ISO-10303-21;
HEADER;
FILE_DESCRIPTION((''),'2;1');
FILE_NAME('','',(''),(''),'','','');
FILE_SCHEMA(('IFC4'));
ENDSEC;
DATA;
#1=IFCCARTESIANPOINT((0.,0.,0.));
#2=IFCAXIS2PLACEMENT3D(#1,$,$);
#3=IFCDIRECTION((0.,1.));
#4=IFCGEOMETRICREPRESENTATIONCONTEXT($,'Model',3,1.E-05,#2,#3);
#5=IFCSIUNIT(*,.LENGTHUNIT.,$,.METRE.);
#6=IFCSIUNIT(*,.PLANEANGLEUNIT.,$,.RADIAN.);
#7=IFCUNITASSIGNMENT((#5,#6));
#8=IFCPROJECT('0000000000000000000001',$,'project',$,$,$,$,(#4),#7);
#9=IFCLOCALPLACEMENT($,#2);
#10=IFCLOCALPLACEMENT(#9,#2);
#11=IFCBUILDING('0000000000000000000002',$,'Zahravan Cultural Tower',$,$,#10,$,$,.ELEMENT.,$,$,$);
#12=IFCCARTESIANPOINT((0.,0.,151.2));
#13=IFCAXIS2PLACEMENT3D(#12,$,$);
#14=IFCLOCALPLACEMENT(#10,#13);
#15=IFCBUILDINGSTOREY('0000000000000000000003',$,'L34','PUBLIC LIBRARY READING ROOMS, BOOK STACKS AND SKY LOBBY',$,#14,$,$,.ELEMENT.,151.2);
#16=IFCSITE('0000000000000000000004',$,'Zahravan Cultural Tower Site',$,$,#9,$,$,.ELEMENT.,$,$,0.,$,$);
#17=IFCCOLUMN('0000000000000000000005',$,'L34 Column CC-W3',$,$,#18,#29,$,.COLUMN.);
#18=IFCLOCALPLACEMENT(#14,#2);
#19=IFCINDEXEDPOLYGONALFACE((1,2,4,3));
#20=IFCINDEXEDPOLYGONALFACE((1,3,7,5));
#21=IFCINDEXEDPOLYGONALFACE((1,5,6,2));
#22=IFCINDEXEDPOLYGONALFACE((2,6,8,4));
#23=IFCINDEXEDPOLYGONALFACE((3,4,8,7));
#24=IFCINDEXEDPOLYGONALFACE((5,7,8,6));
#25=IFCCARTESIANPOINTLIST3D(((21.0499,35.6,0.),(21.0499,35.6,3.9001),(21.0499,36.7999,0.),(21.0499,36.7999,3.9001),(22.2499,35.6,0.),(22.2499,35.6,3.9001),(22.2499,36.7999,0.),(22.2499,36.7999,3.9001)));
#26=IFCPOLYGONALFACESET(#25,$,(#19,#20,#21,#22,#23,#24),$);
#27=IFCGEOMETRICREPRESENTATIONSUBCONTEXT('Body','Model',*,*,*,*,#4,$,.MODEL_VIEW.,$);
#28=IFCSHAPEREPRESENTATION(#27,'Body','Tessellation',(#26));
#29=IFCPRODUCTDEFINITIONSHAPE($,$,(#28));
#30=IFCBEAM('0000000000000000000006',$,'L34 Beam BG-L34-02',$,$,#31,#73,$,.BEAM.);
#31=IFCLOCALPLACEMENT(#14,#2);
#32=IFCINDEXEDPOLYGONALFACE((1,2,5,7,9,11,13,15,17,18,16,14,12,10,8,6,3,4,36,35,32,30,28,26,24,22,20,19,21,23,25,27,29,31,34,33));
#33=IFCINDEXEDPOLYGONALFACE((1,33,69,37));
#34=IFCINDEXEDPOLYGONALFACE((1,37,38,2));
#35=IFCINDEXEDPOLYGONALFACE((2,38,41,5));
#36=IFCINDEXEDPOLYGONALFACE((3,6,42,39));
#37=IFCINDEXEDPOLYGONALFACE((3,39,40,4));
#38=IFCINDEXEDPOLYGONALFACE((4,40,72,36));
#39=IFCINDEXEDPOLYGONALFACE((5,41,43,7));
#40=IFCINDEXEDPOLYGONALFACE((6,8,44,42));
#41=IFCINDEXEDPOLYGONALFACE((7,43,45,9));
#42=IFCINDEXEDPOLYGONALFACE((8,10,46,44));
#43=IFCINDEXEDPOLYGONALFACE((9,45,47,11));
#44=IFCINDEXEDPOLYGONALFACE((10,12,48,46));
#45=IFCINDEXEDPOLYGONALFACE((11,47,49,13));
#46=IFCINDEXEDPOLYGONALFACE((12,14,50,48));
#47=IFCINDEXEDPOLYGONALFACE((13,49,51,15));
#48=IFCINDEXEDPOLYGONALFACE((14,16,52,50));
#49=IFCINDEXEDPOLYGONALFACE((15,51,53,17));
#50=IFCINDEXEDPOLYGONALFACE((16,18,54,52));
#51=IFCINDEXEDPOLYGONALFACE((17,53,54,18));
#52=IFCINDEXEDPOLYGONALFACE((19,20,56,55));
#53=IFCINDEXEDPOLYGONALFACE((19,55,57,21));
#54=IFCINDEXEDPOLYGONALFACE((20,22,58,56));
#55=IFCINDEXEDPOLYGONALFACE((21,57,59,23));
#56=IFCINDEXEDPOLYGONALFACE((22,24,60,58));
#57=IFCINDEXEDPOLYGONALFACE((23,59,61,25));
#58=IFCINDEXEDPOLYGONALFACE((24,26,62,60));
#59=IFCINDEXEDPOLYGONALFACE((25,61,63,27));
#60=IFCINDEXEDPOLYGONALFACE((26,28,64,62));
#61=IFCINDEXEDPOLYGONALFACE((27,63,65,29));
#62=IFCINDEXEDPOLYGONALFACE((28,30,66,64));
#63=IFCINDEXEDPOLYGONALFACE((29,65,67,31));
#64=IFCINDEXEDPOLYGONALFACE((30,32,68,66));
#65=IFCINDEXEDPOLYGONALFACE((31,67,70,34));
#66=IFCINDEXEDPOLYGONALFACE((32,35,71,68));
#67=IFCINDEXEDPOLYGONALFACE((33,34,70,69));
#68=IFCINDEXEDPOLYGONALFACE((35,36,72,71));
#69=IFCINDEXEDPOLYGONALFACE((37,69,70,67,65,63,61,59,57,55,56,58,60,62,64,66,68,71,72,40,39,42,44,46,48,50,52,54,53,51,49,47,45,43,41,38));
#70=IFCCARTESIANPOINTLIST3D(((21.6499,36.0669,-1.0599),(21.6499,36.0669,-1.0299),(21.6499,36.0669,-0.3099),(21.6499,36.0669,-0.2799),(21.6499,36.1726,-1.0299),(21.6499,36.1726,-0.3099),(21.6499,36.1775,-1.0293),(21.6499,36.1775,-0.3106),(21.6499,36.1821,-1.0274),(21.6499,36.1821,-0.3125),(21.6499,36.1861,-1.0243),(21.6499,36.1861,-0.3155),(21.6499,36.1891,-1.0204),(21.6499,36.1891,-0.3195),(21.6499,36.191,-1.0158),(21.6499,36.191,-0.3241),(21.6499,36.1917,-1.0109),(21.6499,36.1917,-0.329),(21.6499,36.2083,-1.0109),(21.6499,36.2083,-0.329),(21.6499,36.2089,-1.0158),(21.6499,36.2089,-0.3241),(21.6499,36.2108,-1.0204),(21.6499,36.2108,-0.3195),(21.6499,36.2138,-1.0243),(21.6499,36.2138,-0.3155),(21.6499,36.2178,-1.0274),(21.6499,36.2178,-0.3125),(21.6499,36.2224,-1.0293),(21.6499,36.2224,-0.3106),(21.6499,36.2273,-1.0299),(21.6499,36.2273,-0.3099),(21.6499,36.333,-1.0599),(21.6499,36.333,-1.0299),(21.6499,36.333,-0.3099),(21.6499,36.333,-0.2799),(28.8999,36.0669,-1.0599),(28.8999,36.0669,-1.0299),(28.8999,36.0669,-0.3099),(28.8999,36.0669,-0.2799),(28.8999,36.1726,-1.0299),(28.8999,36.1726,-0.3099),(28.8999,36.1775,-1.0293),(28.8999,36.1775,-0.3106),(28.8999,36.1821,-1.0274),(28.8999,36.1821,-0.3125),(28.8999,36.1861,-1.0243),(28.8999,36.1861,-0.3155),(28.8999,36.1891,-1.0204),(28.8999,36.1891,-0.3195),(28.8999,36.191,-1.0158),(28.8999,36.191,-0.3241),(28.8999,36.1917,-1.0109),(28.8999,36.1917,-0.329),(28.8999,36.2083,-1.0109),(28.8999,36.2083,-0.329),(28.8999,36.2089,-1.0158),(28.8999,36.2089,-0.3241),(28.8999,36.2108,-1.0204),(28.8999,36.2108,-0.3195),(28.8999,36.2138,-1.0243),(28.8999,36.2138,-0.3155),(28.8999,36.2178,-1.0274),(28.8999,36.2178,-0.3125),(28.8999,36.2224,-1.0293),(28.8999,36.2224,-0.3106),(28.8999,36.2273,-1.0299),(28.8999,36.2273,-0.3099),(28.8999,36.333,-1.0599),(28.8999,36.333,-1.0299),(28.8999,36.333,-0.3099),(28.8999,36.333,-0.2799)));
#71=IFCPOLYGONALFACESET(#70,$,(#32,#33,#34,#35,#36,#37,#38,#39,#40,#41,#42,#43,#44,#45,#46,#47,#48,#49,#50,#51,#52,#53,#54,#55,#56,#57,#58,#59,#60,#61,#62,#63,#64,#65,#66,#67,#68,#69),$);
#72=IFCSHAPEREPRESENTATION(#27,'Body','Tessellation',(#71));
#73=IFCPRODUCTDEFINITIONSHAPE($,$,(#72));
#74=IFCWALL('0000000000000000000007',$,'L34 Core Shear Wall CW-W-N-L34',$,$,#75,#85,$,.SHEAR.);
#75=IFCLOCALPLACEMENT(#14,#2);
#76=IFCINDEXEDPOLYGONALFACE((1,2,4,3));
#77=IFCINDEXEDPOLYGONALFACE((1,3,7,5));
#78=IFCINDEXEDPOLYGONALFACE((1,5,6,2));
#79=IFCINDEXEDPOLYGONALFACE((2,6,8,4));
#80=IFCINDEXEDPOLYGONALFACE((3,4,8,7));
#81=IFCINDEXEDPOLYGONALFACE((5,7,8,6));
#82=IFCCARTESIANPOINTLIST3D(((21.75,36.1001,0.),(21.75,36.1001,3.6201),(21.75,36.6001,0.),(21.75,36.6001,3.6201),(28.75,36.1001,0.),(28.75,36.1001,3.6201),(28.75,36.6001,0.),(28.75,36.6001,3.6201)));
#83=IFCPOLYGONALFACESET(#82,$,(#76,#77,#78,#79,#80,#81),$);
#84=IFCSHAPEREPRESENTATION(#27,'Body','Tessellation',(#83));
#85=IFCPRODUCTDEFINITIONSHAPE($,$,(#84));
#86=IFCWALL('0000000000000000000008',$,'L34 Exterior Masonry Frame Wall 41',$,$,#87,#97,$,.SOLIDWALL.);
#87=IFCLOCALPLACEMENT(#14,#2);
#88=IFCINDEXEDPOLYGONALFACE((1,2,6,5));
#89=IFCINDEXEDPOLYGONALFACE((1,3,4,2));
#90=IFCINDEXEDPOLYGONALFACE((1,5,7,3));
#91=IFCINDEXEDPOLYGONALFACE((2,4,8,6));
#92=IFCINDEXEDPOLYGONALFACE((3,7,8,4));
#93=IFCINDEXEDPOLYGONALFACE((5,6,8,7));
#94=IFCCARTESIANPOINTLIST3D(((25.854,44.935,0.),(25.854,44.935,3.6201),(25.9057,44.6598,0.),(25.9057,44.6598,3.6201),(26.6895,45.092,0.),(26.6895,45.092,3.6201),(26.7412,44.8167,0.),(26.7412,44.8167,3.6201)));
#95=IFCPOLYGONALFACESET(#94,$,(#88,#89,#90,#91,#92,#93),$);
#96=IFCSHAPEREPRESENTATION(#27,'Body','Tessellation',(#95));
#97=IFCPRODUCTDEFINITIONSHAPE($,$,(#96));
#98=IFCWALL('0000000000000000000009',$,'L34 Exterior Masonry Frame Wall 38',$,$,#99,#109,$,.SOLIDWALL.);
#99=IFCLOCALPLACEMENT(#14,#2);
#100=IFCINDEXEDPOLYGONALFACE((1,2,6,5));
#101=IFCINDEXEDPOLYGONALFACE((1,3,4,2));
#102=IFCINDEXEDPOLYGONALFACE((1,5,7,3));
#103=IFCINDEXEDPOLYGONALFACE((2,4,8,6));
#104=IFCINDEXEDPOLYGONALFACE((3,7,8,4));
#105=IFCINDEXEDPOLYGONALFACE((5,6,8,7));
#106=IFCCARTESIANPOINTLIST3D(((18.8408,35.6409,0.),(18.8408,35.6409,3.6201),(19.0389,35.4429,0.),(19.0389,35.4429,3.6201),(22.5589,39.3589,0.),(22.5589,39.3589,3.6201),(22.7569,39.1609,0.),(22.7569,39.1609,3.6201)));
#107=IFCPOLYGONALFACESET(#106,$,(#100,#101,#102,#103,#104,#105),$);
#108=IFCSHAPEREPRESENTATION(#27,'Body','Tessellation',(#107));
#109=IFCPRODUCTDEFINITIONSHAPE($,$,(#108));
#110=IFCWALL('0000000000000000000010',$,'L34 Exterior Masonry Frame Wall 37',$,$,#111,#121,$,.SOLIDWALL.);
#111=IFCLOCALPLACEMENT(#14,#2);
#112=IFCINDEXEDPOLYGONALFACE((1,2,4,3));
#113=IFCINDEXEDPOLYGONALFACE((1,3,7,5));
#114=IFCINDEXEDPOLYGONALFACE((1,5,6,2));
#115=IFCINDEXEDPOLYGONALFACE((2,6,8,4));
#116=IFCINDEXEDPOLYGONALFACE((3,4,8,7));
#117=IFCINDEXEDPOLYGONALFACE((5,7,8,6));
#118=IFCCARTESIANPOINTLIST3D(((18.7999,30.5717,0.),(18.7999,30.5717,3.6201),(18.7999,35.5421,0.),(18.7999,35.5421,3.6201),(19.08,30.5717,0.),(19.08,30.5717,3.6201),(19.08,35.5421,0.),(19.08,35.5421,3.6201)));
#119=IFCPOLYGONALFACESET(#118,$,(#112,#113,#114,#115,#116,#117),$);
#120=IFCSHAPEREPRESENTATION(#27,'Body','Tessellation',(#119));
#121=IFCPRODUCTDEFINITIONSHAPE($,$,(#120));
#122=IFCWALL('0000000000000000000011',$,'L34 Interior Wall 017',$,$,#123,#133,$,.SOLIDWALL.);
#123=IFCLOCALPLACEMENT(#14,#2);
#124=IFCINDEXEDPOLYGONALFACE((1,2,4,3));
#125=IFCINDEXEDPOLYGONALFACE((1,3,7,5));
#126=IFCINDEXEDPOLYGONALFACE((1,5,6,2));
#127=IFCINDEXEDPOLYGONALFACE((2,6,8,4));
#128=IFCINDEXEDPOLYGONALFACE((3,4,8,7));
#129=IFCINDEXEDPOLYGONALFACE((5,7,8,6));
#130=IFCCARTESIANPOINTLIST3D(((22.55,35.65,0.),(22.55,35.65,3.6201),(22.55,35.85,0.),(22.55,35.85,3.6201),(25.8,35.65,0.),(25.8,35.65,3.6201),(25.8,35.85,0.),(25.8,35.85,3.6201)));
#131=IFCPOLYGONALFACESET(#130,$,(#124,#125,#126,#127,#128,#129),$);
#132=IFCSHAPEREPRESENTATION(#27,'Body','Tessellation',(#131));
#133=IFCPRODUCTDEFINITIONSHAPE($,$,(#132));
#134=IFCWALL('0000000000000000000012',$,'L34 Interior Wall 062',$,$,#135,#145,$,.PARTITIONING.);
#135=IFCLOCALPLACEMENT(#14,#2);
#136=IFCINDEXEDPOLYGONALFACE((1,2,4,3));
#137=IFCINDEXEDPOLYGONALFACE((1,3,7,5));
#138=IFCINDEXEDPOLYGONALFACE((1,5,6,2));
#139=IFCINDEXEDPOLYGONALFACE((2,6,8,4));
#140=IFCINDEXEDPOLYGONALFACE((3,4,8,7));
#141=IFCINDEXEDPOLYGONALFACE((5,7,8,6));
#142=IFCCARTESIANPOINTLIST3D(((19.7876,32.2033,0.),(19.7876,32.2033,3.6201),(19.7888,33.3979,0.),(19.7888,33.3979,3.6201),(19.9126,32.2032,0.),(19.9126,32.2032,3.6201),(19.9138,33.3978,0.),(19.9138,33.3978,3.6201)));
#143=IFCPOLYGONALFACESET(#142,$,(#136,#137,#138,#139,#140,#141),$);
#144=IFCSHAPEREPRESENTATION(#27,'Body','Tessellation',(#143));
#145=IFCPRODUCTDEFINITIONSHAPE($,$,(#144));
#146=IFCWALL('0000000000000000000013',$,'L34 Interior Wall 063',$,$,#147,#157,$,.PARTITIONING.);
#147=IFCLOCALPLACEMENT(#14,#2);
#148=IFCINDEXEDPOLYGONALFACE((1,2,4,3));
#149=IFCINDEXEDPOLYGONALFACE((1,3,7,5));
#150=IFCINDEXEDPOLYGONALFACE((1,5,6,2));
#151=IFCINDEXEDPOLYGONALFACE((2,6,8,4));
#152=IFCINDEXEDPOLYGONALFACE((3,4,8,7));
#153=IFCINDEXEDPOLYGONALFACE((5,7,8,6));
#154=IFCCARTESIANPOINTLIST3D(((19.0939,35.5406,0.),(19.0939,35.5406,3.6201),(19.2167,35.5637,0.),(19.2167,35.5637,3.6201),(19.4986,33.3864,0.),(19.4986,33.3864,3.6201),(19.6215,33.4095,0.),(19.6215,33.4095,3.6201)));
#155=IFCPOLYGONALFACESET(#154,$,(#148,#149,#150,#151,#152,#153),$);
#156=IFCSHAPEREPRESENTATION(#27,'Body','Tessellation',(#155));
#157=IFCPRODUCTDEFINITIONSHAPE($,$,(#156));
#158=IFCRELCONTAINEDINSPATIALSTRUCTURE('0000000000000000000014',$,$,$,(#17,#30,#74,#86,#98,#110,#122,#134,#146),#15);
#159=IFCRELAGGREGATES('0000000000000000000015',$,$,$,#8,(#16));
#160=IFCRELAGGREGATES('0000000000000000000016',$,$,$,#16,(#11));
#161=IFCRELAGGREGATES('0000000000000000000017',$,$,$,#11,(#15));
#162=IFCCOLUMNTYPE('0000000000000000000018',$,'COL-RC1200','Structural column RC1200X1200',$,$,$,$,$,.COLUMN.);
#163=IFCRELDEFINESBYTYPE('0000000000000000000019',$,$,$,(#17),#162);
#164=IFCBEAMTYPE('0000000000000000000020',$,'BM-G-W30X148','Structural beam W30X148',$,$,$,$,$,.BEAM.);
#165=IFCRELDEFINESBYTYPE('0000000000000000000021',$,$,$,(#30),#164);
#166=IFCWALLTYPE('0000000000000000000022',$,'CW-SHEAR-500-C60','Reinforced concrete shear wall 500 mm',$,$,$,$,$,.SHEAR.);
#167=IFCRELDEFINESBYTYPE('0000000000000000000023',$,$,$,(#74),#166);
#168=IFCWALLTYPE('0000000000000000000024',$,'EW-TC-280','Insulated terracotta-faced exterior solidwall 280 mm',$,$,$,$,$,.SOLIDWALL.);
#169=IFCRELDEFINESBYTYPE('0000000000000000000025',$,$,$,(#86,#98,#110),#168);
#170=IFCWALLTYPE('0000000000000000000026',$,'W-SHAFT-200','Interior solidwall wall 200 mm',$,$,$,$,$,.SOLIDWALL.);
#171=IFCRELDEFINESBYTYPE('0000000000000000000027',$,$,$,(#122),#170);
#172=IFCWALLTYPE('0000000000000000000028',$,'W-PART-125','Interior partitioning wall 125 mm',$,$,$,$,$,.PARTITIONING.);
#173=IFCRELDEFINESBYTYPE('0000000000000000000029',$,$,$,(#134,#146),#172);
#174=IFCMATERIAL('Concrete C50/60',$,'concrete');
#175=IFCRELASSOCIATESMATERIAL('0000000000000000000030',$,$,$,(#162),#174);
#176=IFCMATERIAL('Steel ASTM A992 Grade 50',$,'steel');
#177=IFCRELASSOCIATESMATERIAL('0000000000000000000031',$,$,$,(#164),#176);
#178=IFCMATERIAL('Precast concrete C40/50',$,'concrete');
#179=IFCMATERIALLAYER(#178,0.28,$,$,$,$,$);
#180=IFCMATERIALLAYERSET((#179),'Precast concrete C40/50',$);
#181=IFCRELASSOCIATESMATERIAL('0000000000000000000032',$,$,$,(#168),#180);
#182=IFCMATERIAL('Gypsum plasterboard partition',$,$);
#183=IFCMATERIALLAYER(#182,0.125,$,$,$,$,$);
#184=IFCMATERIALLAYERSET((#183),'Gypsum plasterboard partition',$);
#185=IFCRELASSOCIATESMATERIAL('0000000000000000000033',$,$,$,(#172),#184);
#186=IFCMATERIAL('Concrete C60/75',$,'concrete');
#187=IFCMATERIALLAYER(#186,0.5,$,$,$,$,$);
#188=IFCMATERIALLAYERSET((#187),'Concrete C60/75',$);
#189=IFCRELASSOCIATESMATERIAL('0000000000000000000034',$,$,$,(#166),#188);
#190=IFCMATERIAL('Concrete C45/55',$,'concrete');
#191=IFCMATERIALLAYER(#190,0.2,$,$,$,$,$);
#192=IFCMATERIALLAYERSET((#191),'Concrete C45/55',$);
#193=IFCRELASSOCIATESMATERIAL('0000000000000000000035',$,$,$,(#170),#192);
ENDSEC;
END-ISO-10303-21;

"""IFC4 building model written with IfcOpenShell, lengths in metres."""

from ifc_helpers import new_model, si_unit, direction, frame, frame_2d, origin, origin_2d, place, context, subcontext, project, spatial, rectangle, i_section, extrude, source, transform, mapped, material, layer, layer_set, material_profile, profile_set, type_object, element, save


model = new_model("IFC4")

# Units and contexts
model_context = context("Model", 3, precision=1e-05, world=origin(), true_north=direction((0.0, 1.0)))
body_context = subcontext(model_context, "Body", "Model", "MODEL_VIEW")
ifc_project = project(units=[si_unit("LENGTHUNIT", "METRE"), si_unit("PLANEANGLEUNIT", "RADIAN")], contexts=[model_context])

# Site, building, storey
site_placement = place(None, origin())
site = spatial("IfcSite", under=ifc_project, at=site_placement, Name="Zahravan Cultural Tower Site", CompositionType="ELEMENT", RefElevation=0.0)
building_placement = place(site_placement, origin())
building = spatial("IfcBuilding", under=site, at=building_placement, Name="Zahravan Cultural Tower", CompositionType="ELEMENT")
storey_placement = place(building_placement, frame((0.0, 0.0, 151.2)))
storey = spatial("IfcBuildingStorey", under=building, at=storey_placement, Name="L34", Description="PUBLIC LIBRARY READING ROOMS, BOOK STACKS AND SKY LOBBY", CompositionType="ELEMENT", Elevation=151.2)

# Column
ifc_material_1 = material(Name="Concrete C50/60", Category="concrete")
ifc_material_profile_1 = material_profile(ifc_material_1, rectangle(XDim=1.2, YDim=1.2, at=origin_2d()), Name="RC1200X1200")
ifc_profile_set_1 = profile_set([ifc_material_profile_1], Name="Concrete C50/60")
column_type = type_object("IfcColumnType", Name="COL-RC1200", Description="Structural column RC1200X1200", PredefinedType="COLUMN", material=ifc_profile_set_1)
shared_shape_1 = source(origin(), body_context, "Body", "SweptSolid", [
    extrude(rectangle(XDim=1.2, YDim=1.2, at=origin_2d()), origin(), (0.0, 0.0, 1.0), 3.9001),
])
column_placement = place(storey_placement, frame((21.6499, 36.2, 0.0), z_axis=(0.0, 0.0, 1.0), x_axis=(1.0, 0.0, 0.0)))
element("IfcColumn", 1, at=column_placement, inside=storey, type_object=column_type, Name="L34 Column CC-W3", PredefinedType="COLUMN", context=body_context, shape_type="MappedRepresentation", body=[
    mapped(shared_shape_1, transform((0.0, 0.0, 0.0), x_axis=(1.0, 0.0, 0.0), y_axis=(0.0, 1.0, 0.0), z_axis=(0.0, 0.0, 1.0), scale=1.0)),
])

# Beam
ifc_material_2 = material(Name="Steel ASTM A992 Grade 50", Category="steel")
ifc_material_profile_2 = material_profile(ifc_material_2, i_section(OverallWidth=0.2661, OverallDepth=0.78, WebThickness=0.0166, FlangeThickness=0.03, FilletRadius=0.019, at=origin_2d()), Name="W30X148")
ifc_profile_set_2 = profile_set([ifc_material_profile_2], Name="Steel ASTM A992 Grade 50")
beam_type = type_object("IfcBeamType", Name="BM-G-W30X148", Description="Structural beam W30X148", PredefinedType="BEAM", material=ifc_profile_set_2)
shared_shape_2 = source(origin(), body_context, "Body", "SweptSolid", [
    extrude(i_section(OverallWidth=0.2661, OverallDepth=0.78, WebThickness=0.0166, FlangeThickness=0.03, FilletRadius=0.019, at=origin_2d()), origin(), (0.0, 0.0, 1.0), 7.25),
])
beam_placement = place(storey_placement, frame((21.6499, 36.2, -0.6699), z_axis=(1.0, 0.0, 0.0), x_axis=(0.0, 1.0, 0.0)))
element("IfcBeam", 2, at=beam_placement, inside=storey, type_object=beam_type, Name="L34 Beam BG-L34-02", PredefinedType="BEAM", context=body_context, shape_type="MappedRepresentation", body=[
    mapped(shared_shape_2, transform((0.0, 0.0, 0.0), x_axis=(1.0, 0.0, 0.0), y_axis=(0.0, 1.0, 0.0), z_axis=(0.0, 0.0, 1.0), scale=1.0)),
])

# Shared definitions
ifc_material_3 = material(Name="Precast concrete C40/50", Category="concrete")
ifc_layer_1 = layer(ifc_material_3, 0.28)
ifc_layer_set_1 = layer_set([ifc_layer_1], Name="Precast concrete C40/50")
wall_type_1 = type_object("IfcWallType", Name="EW-TC-280", Description="Insulated terracotta-faced exterior solidwall 280 mm", PredefinedType="SOLIDWALL", material=ifc_layer_set_1)
ifc_material_4 = material(Name="Gypsum plasterboard partition")
ifc_layer_2 = layer(ifc_material_4, 0.125)
ifc_layer_set_2 = layer_set([ifc_layer_2], Name="Gypsum plasterboard partition")
wall_type_2 = type_object("IfcWallType", Name="W-PART-125", Description="Interior partitioning wall 125 mm", PredefinedType="PARTITIONING", material=ifc_layer_set_2)

# Walls
ifc_material_5 = material(Name="Concrete C60/75", Category="concrete")
ifc_layer_3 = layer(ifc_material_5, 0.5)
ifc_layer_set_3 = layer_set([ifc_layer_3], Name="Concrete C60/75")
wall_type_3 = type_object("IfcWallType", Name="CW-SHEAR-500-C60", Description="Reinforced concrete shear wall 500 mm", PredefinedType="SHEAR", material=ifc_layer_set_3)
shared_shape_3 = source(origin(), body_context, "Body", "SweptSolid", [
    extrude(rectangle(XDim=7.0, YDim=0.5, at=frame_2d((3.5, 0.0))), origin(), (0.0, 0.0, 1.0), 3.6201),
])
wall_1_placement = place(storey_placement, frame((21.75, 36.3501, 0.0), z_axis=(0.0, 0.0, 1.0), x_axis=(1.0, 0.0, 0.0)))
element("IfcWall", 3, at=wall_1_placement, inside=storey, type_object=wall_type_3, Name="L34 Core Shear Wall CW-W-N-L34", PredefinedType="SHEAR", context=body_context, shape_type="MappedRepresentation", body=[
    mapped(shared_shape_3, transform((0.0, 0.0, 0.0), x_axis=(1.0, 0.0, 0.0), y_axis=(0.0, 1.0, 0.0), z_axis=(0.0, 0.0, 1.0), scale=1.0)),
])
shared_shape_4 = source(origin(), body_context, "Body", "SweptSolid", [
    extrude(rectangle(XDim=0.8501, YDim=0.28, at=frame_2d((0.425, 0.0))), origin(), (0.0, 0.0, 1.0), 3.6201),
])
wall_2_placement = place(storey_placement, frame((25.8799, 44.7974, 0.0), z_axis=(0.0, 0.0, 1.0), x_axis=(0.982801, 0.18467, 0.0)))
element("IfcWall", 4, at=wall_2_placement, inside=storey, type_object=wall_type_1, Name="L34 Exterior Masonry Frame Wall 41", PredefinedType="SOLIDWALL", context=body_context, shape_type="MappedRepresentation", body=[
    mapped(shared_shape_4, transform((0.0, 0.0, 0.0), x_axis=(1.0, 0.0, 0.0), y_axis=(0.0, 1.0, 0.0), z_axis=(0.0, 0.0, 1.0), scale=1.0)),
])
shared_shape_5 = source(origin(), body_context, "Body", "SweptSolid", [
    extrude(rectangle(XDim=5.2581, YDim=0.28, at=frame_2d((2.6289, 0.0))), origin(), (0.0, 0.0, 1.0), 3.6201),
])
wall_3_placement = place(storey_placement, frame((18.9399, 35.542, 0.0), z_axis=(0.0, 0.0, 1.0), x_axis=(0.707107, 0.707107, 0.0)))
element("IfcWall", 5, at=wall_3_placement, inside=storey, type_object=wall_type_1, Name="L34 Exterior Masonry Frame Wall 38", PredefinedType="SOLIDWALL", context=body_context, shape_type="MappedRepresentation", body=[
    mapped(shared_shape_5, transform((0.0, 0.0, 0.0), x_axis=(1.0, 0.0, 0.0), y_axis=(0.0, 1.0, 0.0), z_axis=(0.0, 0.0, 1.0), scale=1.0)),
])
shared_shape_6 = source(origin(), body_context, "Body", "SweptSolid", [
    extrude(rectangle(XDim=4.9705, YDim=0.28, at=frame_2d((2.4854, 0.0))), origin(), (0.0, 0.0, 1.0), 3.6201),
])
wall_4_placement = place(storey_placement, frame((18.9399, 30.5715, 0.0), z_axis=(0.0, 0.0, 1.0), x_axis=(0.0, 1.0, 0.0)))
element("IfcWall", 6, at=wall_4_placement, inside=storey, type_object=wall_type_1, Name="L34 Exterior Masonry Frame Wall 37", PredefinedType="SOLIDWALL", context=body_context, shape_type="MappedRepresentation", body=[
    mapped(shared_shape_6, transform((0.0, 0.0, 0.0), x_axis=(1.0, 0.0, 0.0), y_axis=(0.0, 1.0, 0.0), z_axis=(0.0, 0.0, 1.0), scale=1.0)),
])
ifc_material_6 = material(Name="Concrete C45/55", Category="concrete")
ifc_layer_4 = layer(ifc_material_6, 0.2)
ifc_layer_set_4 = layer_set([ifc_layer_4], Name="Concrete C45/55")
wall_type_4 = type_object("IfcWallType", Name="W-SHAFT-200", Description="Interior solidwall wall 200 mm", PredefinedType="SOLIDWALL", material=ifc_layer_set_4)
shared_shape_7 = source(origin(), body_context, "Body", "SweptSolid", [
    extrude(rectangle(XDim=3.25, YDim=0.2, at=frame_2d((1.625, 0.0))), origin(), (0.0, 0.0, 1.0), 3.6201),
])
wall_5_placement = place(storey_placement, frame((22.55, 35.75, 0.0), z_axis=(0.0, 0.0, 1.0), x_axis=(1.0, 0.0, 0.0)))
element("IfcWall", 7, at=wall_5_placement, inside=storey, type_object=wall_type_4, Name="L34 Interior Wall 017", PredefinedType="SOLIDWALL", context=body_context, shape_type="MappedRepresentation", body=[
    mapped(shared_shape_7, transform((0.0, 0.0, 0.0), x_axis=(1.0, 0.0, 0.0), y_axis=(0.0, 1.0, 0.0), z_axis=(0.0, 0.0, 1.0), scale=1.0)),
])
shared_shape_8 = source(origin(), body_context, "Body", "SweptSolid", [
    extrude(rectangle(XDim=1.1946, YDim=0.125, at=frame_2d((0.5972, 0.0))), origin(), (0.0, 0.0, 1.0), 3.6201),
])
wall_6_placement = place(storey_placement, frame((19.8513, 33.3977, 0.0), z_axis=(0.0, 0.0, 1.0), x_axis=(-0.001022, -0.999999, 0.0)))
element("IfcWall", 8, at=wall_6_placement, inside=storey, type_object=wall_type_2, Name="L34 Interior Wall 062", PredefinedType="PARTITIONING", context=body_context, shape_type="MappedRepresentation", body=[
    mapped(shared_shape_8, transform((0.0, 0.0, 0.0), x_axis=(1.0, 0.0, 0.0), y_axis=(0.0, 1.0, 0.0), z_axis=(0.0, 0.0, 1.0), scale=1.0)),
])
shared_shape_9 = source(origin(), body_context, "Body", "SweptSolid", [
    extrude(rectangle(XDim=2.1919, YDim=0.125, at=frame_2d((1.0959, 0.0))), origin(), (0.0, 0.0, 1.0), 3.6201),
])
wall_7_placement = place(storey_placement, frame((19.5601, 33.3979, 0.0), z_axis=(0.0, 0.0, 1.0), x_axis=(-0.184665, 0.982802, 0.0)))
element("IfcWall", 9, at=wall_7_placement, inside=storey, type_object=wall_type_2, Name="L34 Interior Wall 063", PredefinedType="PARTITIONING", context=body_context, shape_type="MappedRepresentation", body=[
    mapped(shared_shape_9, transform((0.0, 0.0, 0.0), x_axis=(1.0, 0.0, 0.0), y_axis=(0.0, 1.0, 0.0), z_axis=(0.0, 0.0, 1.0), scale=1.0)),
])

save(model, "model.ifc")
